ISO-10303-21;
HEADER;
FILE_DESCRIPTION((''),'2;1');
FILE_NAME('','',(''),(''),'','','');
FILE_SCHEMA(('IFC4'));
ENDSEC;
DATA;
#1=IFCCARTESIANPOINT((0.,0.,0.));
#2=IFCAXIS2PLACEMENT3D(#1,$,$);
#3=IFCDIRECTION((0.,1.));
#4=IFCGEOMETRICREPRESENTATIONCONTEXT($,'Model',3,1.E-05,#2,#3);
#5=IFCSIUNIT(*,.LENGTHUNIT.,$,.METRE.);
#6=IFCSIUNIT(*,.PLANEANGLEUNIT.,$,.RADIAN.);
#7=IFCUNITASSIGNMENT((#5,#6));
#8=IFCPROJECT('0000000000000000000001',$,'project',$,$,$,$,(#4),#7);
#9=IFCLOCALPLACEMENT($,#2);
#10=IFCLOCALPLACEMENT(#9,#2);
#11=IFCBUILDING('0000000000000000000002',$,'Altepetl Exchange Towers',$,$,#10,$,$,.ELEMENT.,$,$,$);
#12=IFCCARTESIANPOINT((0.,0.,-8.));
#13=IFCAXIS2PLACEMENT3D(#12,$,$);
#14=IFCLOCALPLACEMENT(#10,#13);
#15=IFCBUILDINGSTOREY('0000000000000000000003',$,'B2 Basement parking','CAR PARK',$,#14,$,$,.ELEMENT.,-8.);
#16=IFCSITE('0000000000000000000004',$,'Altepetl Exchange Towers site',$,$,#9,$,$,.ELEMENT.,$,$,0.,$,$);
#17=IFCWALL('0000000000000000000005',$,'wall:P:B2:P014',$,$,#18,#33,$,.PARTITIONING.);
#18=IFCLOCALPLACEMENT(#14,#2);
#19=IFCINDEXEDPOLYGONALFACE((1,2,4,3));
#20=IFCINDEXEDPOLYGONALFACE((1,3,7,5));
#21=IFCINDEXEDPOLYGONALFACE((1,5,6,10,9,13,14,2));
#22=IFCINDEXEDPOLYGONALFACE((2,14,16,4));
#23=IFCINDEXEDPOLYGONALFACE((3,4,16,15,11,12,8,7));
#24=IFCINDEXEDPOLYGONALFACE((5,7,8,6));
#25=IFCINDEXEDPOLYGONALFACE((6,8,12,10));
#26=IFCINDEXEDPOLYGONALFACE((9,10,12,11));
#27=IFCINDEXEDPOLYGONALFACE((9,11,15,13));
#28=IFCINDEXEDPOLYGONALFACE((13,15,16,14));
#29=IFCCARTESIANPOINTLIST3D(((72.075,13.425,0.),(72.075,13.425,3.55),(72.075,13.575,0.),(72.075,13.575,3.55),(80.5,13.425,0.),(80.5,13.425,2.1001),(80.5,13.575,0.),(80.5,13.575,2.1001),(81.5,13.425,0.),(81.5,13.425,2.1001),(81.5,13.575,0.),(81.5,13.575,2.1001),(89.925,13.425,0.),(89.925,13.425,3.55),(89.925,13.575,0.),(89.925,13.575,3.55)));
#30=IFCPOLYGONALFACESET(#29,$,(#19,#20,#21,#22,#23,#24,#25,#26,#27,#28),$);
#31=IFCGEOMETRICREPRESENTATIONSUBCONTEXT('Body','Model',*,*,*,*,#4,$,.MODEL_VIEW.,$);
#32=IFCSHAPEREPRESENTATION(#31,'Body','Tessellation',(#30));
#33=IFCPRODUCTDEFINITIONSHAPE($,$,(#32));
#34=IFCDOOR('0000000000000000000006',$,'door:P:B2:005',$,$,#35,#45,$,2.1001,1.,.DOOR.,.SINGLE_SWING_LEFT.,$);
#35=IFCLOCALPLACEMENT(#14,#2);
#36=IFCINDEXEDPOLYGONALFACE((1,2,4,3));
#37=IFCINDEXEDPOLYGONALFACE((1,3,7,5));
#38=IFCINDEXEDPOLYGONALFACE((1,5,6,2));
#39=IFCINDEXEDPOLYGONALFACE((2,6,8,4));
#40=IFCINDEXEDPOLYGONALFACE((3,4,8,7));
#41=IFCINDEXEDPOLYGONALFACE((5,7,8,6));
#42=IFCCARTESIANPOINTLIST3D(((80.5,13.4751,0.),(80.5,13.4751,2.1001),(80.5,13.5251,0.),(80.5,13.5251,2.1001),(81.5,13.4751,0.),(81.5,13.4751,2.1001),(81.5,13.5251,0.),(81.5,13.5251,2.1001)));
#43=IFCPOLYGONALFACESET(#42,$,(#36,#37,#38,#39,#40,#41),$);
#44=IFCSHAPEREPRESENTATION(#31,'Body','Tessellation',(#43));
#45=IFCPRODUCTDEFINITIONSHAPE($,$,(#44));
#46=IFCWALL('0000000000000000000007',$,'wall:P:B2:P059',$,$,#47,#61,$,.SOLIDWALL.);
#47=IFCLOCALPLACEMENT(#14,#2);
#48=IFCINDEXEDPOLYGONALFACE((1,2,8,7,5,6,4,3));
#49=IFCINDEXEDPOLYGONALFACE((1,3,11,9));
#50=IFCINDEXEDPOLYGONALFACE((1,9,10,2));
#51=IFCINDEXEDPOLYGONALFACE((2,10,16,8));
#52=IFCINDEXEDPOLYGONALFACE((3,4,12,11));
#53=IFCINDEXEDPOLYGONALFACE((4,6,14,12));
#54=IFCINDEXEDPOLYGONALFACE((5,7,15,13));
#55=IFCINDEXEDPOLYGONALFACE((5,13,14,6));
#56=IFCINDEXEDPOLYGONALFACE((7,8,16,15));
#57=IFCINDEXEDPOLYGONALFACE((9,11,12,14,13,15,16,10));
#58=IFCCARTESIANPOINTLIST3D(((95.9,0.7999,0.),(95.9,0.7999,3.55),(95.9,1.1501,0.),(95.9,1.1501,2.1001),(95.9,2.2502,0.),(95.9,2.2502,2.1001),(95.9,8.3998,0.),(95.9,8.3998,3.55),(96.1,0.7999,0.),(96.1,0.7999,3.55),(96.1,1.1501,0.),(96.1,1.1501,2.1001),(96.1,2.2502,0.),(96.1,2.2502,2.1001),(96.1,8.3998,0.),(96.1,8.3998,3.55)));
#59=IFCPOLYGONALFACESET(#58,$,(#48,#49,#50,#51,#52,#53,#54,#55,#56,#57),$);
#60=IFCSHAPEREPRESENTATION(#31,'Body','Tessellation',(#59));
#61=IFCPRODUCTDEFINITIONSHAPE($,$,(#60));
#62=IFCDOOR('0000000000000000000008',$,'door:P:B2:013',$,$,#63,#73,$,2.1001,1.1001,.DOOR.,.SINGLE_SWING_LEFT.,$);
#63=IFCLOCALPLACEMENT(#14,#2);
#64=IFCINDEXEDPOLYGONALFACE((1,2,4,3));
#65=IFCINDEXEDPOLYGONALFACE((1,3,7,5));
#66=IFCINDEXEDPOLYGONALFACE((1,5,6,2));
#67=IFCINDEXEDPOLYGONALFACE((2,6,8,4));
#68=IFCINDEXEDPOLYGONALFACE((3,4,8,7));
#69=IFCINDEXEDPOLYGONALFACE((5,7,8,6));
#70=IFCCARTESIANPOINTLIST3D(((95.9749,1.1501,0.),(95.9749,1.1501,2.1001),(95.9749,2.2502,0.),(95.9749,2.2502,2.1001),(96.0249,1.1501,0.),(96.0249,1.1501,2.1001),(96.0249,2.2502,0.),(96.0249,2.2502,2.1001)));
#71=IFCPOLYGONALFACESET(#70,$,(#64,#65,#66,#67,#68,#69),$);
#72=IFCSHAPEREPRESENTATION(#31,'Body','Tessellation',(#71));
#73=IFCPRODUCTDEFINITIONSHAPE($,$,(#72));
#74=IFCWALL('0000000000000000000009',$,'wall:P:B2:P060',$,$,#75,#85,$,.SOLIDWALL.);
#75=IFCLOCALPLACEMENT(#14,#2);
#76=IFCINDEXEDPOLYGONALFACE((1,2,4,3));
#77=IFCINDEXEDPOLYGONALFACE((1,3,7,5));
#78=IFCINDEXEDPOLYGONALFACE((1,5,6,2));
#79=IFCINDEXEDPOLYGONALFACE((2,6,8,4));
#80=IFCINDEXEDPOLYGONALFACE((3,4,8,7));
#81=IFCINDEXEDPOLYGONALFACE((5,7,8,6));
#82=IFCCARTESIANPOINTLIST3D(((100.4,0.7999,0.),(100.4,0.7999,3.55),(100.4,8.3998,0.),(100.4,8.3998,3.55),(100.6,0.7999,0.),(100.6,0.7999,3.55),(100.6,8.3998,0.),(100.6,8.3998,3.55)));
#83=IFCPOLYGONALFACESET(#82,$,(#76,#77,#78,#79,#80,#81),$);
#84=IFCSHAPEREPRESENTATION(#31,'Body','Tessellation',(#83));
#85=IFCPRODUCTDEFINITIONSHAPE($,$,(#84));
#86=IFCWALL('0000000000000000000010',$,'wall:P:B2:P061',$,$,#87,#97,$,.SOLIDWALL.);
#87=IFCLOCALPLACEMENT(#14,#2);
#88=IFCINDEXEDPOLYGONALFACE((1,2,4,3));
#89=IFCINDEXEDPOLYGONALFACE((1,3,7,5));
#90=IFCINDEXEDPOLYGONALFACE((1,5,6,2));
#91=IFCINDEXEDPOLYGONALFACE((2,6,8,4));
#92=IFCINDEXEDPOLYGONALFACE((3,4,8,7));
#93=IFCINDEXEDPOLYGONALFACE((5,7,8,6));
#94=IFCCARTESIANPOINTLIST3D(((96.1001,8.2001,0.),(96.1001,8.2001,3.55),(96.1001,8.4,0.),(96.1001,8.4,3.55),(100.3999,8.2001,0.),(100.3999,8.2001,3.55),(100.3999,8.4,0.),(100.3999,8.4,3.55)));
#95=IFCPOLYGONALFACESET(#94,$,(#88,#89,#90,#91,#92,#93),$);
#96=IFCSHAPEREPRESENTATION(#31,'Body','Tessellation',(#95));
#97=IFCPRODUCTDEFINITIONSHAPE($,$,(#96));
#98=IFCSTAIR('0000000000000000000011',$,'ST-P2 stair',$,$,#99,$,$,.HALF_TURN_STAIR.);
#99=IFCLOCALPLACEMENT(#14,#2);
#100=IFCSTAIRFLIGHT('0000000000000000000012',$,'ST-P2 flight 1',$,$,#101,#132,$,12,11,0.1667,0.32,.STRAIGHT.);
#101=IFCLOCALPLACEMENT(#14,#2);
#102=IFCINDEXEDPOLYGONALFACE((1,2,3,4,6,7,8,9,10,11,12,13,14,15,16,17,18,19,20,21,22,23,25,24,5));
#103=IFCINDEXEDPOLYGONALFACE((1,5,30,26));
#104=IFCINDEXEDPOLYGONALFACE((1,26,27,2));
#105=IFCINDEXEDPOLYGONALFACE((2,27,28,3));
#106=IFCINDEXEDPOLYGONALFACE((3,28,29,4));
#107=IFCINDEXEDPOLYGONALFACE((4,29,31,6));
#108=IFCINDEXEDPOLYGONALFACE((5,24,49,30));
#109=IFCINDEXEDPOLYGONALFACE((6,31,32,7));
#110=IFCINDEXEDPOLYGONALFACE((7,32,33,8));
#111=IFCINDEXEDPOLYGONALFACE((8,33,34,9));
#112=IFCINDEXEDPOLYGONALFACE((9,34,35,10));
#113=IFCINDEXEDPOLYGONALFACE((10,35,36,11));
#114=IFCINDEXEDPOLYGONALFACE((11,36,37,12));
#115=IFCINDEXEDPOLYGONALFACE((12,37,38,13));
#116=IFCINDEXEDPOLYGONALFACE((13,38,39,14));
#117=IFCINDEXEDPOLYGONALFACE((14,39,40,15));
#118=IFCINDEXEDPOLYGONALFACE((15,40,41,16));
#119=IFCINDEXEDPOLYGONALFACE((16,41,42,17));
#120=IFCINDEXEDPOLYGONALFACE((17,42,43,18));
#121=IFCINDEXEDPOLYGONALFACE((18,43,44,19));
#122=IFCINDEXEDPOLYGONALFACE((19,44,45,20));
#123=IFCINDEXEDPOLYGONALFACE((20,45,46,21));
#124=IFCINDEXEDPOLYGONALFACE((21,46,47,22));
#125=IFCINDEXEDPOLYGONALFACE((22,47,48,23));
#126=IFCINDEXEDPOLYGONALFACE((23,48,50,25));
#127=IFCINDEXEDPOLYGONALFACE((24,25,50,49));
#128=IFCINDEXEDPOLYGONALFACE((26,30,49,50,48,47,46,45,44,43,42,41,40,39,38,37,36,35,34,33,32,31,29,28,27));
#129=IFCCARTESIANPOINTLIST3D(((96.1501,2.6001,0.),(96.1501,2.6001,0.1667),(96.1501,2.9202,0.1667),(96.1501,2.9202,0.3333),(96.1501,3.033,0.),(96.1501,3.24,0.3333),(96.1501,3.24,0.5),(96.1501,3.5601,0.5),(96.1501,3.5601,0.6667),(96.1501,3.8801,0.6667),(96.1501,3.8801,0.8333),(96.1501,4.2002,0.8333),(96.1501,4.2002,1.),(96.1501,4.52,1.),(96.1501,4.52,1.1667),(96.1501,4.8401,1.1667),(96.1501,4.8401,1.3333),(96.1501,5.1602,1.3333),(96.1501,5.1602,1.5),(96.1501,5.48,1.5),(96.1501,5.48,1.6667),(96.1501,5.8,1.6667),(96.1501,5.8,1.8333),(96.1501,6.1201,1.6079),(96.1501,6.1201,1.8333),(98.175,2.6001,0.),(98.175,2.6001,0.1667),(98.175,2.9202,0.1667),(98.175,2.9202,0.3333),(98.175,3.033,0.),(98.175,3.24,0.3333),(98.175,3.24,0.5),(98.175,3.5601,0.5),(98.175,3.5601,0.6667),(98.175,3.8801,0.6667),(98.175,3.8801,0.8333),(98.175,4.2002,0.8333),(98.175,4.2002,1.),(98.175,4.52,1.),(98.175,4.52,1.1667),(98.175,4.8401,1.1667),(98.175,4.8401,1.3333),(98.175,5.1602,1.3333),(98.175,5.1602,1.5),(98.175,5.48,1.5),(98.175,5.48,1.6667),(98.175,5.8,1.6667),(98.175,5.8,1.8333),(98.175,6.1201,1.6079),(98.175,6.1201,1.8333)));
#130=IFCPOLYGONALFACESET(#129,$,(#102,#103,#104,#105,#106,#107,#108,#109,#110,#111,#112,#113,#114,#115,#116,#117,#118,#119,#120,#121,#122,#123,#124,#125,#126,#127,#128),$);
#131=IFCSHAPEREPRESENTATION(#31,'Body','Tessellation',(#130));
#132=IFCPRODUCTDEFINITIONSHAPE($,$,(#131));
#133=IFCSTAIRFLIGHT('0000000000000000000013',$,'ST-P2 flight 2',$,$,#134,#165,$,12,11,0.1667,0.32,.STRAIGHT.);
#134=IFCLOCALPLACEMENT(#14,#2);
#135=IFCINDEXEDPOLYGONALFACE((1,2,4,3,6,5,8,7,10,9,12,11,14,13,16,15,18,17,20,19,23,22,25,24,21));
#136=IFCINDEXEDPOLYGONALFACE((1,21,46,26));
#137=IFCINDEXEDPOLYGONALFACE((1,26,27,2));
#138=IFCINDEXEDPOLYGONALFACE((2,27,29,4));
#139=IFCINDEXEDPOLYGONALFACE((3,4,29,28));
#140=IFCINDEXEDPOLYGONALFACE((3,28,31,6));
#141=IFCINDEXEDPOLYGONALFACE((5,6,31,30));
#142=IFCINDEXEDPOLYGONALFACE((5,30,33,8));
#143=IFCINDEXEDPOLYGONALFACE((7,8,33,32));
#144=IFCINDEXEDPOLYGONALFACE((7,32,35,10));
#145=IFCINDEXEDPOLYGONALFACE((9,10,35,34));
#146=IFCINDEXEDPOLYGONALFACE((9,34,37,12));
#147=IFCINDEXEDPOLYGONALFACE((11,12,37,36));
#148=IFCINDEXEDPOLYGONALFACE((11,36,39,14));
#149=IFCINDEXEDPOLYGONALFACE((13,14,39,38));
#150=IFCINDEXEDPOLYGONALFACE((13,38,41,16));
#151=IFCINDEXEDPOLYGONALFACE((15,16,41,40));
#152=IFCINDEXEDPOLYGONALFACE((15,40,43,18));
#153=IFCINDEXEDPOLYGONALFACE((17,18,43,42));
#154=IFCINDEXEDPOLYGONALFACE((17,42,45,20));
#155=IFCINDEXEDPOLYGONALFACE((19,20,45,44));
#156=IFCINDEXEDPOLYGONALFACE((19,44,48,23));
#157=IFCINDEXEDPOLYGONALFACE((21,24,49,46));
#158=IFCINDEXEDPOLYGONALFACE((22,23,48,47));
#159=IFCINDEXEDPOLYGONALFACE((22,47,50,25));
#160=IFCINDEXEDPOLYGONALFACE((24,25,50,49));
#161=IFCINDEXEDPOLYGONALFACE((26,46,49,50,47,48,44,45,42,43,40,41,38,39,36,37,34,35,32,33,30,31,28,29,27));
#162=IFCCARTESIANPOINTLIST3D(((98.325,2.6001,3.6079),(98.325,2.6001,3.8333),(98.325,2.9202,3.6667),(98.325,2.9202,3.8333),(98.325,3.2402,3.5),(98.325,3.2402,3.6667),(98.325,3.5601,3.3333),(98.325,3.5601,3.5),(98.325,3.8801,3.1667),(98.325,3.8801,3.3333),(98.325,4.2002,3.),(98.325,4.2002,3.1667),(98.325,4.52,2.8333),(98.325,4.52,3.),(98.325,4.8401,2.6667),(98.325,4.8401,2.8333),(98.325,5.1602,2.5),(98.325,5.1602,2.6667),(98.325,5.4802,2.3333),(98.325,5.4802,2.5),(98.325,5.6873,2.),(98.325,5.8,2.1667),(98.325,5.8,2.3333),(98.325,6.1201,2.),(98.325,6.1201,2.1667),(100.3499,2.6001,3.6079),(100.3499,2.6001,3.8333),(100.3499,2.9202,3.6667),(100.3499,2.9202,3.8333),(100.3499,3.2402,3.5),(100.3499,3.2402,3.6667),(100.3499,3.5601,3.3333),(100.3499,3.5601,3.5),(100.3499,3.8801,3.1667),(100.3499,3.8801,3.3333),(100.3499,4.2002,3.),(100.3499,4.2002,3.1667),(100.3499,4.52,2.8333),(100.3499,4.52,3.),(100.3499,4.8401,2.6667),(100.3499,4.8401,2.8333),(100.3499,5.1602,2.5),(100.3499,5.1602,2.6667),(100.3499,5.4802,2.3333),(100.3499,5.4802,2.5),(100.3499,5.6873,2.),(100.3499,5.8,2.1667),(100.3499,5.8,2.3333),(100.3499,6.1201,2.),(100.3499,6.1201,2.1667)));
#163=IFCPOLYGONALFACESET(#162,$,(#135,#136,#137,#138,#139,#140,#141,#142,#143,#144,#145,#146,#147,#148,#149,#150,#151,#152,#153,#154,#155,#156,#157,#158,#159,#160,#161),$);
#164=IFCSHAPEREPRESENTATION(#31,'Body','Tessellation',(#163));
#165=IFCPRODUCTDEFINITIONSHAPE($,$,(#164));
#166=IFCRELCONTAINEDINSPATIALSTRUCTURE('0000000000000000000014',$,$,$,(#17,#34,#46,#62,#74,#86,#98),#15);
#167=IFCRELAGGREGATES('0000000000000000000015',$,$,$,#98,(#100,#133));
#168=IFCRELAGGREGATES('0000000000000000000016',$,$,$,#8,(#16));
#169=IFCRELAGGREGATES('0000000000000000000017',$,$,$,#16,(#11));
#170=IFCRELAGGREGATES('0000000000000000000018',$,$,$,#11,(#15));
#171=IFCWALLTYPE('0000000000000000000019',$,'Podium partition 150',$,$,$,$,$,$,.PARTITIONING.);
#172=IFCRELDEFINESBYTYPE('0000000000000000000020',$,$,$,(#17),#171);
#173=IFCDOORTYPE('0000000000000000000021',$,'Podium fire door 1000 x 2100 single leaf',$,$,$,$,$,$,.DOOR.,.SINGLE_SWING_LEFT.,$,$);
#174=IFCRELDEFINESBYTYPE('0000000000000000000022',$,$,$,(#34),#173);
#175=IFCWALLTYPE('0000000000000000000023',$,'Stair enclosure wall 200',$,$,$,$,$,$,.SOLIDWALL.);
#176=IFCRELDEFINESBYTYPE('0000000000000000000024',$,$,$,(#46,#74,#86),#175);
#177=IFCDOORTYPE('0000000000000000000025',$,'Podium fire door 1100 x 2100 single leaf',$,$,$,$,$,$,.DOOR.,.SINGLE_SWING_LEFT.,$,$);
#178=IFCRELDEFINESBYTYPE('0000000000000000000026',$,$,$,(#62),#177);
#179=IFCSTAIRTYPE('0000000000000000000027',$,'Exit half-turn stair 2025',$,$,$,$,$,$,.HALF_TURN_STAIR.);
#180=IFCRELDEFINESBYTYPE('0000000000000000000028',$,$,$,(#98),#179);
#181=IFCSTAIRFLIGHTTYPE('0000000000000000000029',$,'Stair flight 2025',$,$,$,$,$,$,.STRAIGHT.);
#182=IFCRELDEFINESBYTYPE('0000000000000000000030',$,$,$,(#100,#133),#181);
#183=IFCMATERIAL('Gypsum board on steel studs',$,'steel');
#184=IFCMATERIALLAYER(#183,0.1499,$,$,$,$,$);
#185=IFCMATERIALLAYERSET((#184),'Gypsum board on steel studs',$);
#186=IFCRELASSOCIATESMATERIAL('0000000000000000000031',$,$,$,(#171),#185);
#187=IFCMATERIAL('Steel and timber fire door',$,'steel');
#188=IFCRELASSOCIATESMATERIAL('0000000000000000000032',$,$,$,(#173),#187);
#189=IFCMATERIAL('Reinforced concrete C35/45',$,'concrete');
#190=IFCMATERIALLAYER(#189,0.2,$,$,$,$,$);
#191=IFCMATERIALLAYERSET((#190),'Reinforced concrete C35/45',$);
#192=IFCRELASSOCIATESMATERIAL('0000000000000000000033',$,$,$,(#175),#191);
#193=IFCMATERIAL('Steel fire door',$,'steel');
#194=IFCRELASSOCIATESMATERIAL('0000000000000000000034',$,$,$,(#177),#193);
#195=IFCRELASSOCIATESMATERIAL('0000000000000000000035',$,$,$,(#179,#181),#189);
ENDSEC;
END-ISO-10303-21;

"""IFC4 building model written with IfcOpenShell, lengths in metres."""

from ifc_helpers import new_model, si_unit, direction, frame, frame_2d, origin, place, context, subcontext, project, spatial, polyline, rectangle, outline, extrude, material, layer, layer_set, type_object, element, fill, aggregate, save


model = new_model("IFC4")

# Units and contexts
model_context = context("Model", 3, precision=1e-05, world=origin(), true_north=direction((0.0, 1.0)))
body_context = subcontext(model_context, "Body", "Model", "MODEL_VIEW")
ifc_project = project(units=[si_unit("LENGTHUNIT", "METRE"), si_unit("PLANEANGLEUNIT", "RADIAN")], contexts=[model_context])

# Site, building, storey
site_placement = place(None, origin())
site = spatial("IfcSite", under=ifc_project, at=site_placement, Name="Altepetl Exchange Towers site", CompositionType="ELEMENT", RefElevation=0.0)
building_placement = place(site_placement, origin())
building = spatial("IfcBuilding", under=site, at=building_placement, Name="Altepetl Exchange Towers", CompositionType="ELEMENT")
storey_placement = place(building_placement, frame((0.0, 0.0, -8.0)))
storey = spatial("IfcBuildingStorey", under=building, at=storey_placement, Name="B2 Basement parking", Description="CAR PARK", CompositionType="ELEMENT", Elevation=-8.0)

# Shared definitions
ifc_material_1 = material(Name="Reinforced concrete C35/45", Category="concrete")
ifc_material_2 = material(Name="Gypsum board on steel studs", Category="steel")
ifc_layer_1 = layer(ifc_material_2, 0.1499)
ifc_layer_set_1 = layer_set([ifc_layer_1], Name="Gypsum board on steel studs")
wall_type_1 = type_object("IfcWallType", Name="Podium partition 150", PredefinedType="PARTITIONING", material=ifc_layer_set_1)

# Walls, openings, doors
wall_1_placement = place(storey_placement, frame((72.075, 13.5, 0.0)))
wall_1 = element("IfcWall", 1, at=wall_1_placement, inside=storey, type_object=wall_type_1, Name="wall:P:B2:P014", PredefinedType="PARTITIONING", context=body_context, shape_type="SweptSolid", body=[
    extrude(rectangle(XDim=17.8501, YDim=0.1499, at=frame_2d((8.925, 0.0))), origin(), (0.0, 0.0, 1.0), 3.55),
])
opening_1_placement = place(wall_1_placement, frame((8.425, 0.0, 0.0)))
opening_1 = element("IfcOpeningElement", 2, at=opening_1_placement, cuts=wall_1, PredefinedType="OPENING", context=body_context, shape_type="SweptSolid", body=[
    extrude(rectangle(XDim=1.0, YDim=2.1001, at=frame_2d((0.5, 1.05))), frame((0.0, 0.085, 0.0), z_axis=(0.0, -1.0, 0.0), x_axis=(1.0, 0.0, 0.0)), (0.0, 0.0, 1.0), 0.1699),
])
ifc_material_3 = material(Name="Steel and timber fire door", Category="steel")
door_type_1 = type_object("IfcDoorType", Name="Podium fire door 1000 x 2100 single leaf", OperationType="SINGLE_SWING_LEFT", PredefinedType="DOOR", material=ifc_material_3)
door_1_placement = place(opening_1_placement, frame((1.0, 0.0, 0.0), x_axis=(-1.0, 0.0, 0.0)))
door_1 = element("IfcDoor", 3, at=door_1_placement, inside=storey, type_object=door_type_1, Name="door:P:B2:005", OperationType="SINGLE_SWING_LEFT", OverallHeight=2.1001, OverallWidth=1.0, PredefinedType="DOOR", context=body_context, shape_type="SweptSolid", body=[
    extrude(rectangle(XDim=1.0, YDim=2.1001, at=frame_2d((0.5, 1.05))), frame((0.0, 0.0249, 0.0), z_axis=(0.0, -1.0, 0.0), x_axis=(1.0, 0.0, 0.0)), (0.0, 0.0, 1.0), 0.05),
])
fill(opening_1, door_1)
ifc_layer_2 = layer(ifc_material_1, 0.2)
ifc_layer_set_2 = layer_set([ifc_layer_2], Name="Reinforced concrete C35/45")
wall_type_2 = type_object("IfcWallType", Name="Stair enclosure wall 200", PredefinedType="SOLIDWALL", material=ifc_layer_set_2)
wall_2_placement = place(storey_placement, frame((96.0, 0.8, 0.0), z_axis=(0.0, 0.0, 1.0), x_axis=(0.0, 1.0, 0.0)))
wall_2 = element("IfcWall", 4, at=wall_2_placement, inside=storey, type_object=wall_type_2, Name="wall:P:B2:P059", PredefinedType="SOLIDWALL", context=body_context, shape_type="SweptSolid", body=[
    extrude(rectangle(XDim=7.5999, YDim=0.2, at=frame_2d((3.7998, 0.0))), origin(), (0.0, 0.0, 1.0), 3.55),
])
opening_2_placement = place(wall_2_placement, frame((0.3501, 0.0, 0.0)))
opening_2 = element("IfcOpeningElement", 5, at=opening_2_placement, cuts=wall_2, PredefinedType="OPENING", context=body_context, shape_type="SweptSolid", body=[
    extrude(rectangle(XDim=1.1001, YDim=2.1001, at=frame_2d((0.55, 1.05))), frame((0.0, 0.1099, 0.0), z_axis=(0.0, -1.0, 0.0), x_axis=(1.0, 0.0, 0.0)), (0.0, 0.0, 1.0), 0.22),
])
ifc_material_4 = material(Name="Steel fire door", Category="steel")
door_type_2 = type_object("IfcDoorType", Name="Podium fire door 1100 x 2100 single leaf", OperationType="SINGLE_SWING_LEFT", PredefinedType="DOOR", material=ifc_material_4)
door_2_placement = place(opening_2_placement, frame((1.1001, 0.0, 0.0), x_axis=(-1.0, 0.0, 0.0)))
door_2 = element("IfcDoor", 6, at=door_2_placement, inside=storey, type_object=door_type_2, Name="door:P:B2:013", OperationType="SINGLE_SWING_LEFT", OverallHeight=2.1001, OverallWidth=1.1001, PredefinedType="DOOR", context=body_context, shape_type="SweptSolid", body=[
    extrude(rectangle(XDim=1.1001, YDim=2.1001, at=frame_2d((0.55, 1.05))), frame((0.0, 0.0249, 0.0), z_axis=(0.0, -1.0, 0.0), x_axis=(1.0, 0.0, 0.0)), (0.0, 0.0, 1.0), 0.05),
])
fill(opening_2, door_2)

# Walls
wall_3_placement = place(storey_placement, frame((100.5, 0.8, 0.0), z_axis=(0.0, 0.0, 1.0), x_axis=(0.0, 1.0, 0.0)))
element("IfcWall", 7, at=wall_3_placement, inside=storey, type_object=wall_type_2, Name="wall:P:B2:P060", PredefinedType="SOLIDWALL", context=body_context, shape_type="SweptSolid", body=[
    extrude(rectangle(XDim=7.5999, YDim=0.2, at=frame_2d((3.7998, 0.0))), origin(), (0.0, 0.0, 1.0), 3.55),
])
wall_4_placement = place(storey_placement, frame((96.1001, 8.3, 0.0)))
element("IfcWall", 8, at=wall_4_placement, inside=storey, type_object=wall_type_2, Name="wall:P:B2:P061", PredefinedType="SOLIDWALL", context=body_context, shape_type="SweptSolid", body=[
    extrude(rectangle(XDim=4.2998, YDim=0.2, at=frame_2d((2.1499, 0.0))), origin(), (0.0, 0.0, 1.0), 3.55),
])

# Stair, stair flights
stair_type = type_object("IfcStairType", Name="Exit half-turn stair 2025", PredefinedType="HALF_TURN_STAIR", material=ifc_material_1)
stair_placement = place(storey_placement, origin())
stair = element("IfcStair", 9, at=stair_placement, inside=storey, type_object=stair_type, Name="ST-P2 stair", PredefinedType="HALF_TURN_STAIR")
stair_flight_type = type_object("IfcStairFlightType", Name="Stair flight 2025", PredefinedType="STRAIGHT", material=ifc_material_1)
stair_flight_1_placement = place(storey_placement, frame((97.1626, 2.6001, 0.0), z_axis=(0.0, 0.0, 1.0), x_axis=(0.0, 1.0, 0.0)))
stair_flight_1 = element("IfcStairFlight", 10, at=stair_flight_1_placement, type_object=stair_flight_type, Name="ST-P2 flight 1", NumberOfRisers=12, NumberOfTreads=11, PredefinedType="STRAIGHT", RiserHeight=0.1667, TreadLength=0.32, context=body_context, shape_type="SweptSolid", body=[
    extrude(outline(polyline([(0.0, 0.0), (0.0, 0.1667), (0.3201, 0.1667), (0.3201, 0.3333), (0.6399, 0.3333), (0.6399, 0.5), (0.96, 0.5), (0.96, 0.6667), (1.28, 0.6667), (1.28, 0.8333), (1.6001, 0.8333), (1.6001, 1.0), (1.9199, 1.0), (1.9199, 1.1667), (2.24, 1.1667), (2.24, 1.3333), (2.5601, 1.3333), (2.5601, 1.5), (2.8799, 1.5), (2.8799, 1.6667), (3.2, 1.6667), (3.2, 1.8333), (3.52, 1.8333), (3.52, 2.0), (3.52, 1.6079), (0.4329, 0.0), (0.0, 0.0)])), frame((0.0, 1.0125, 0.0), z_axis=(0.0, -1.0, 0.0), x_axis=(1.0, 0.0, 0.0)), (0.0, 0.0, 1.0), 2.0249),
])
stair_flight_2_placement = place(storey_placement, frame((99.3374, 6.1201, 2.0), z_axis=(0.0, 0.0, 1.0), x_axis=(0.0, -1.0, 0.0)))
stair_flight_2 = element("IfcStairFlight", 11, at=stair_flight_2_placement, type_object=stair_flight_type, Name="ST-P2 flight 2", NumberOfRisers=12, NumberOfTreads=11, PredefinedType="STRAIGHT", RiserHeight=0.1667, TreadLength=0.32, context=body_context, shape_type="SweptSolid", body=[
    extrude(outline(polyline([(0.0, 0.0), (0.0, 0.1667), (0.3201, 0.1667), (0.3201, 0.3333), (0.6399, 0.3333), (0.6399, 0.5), (0.96, 0.5), (0.96, 0.6667), (1.28, 0.6667), (1.28, 0.8333), (1.6001, 0.8333), (1.6001, 1.0), (1.9199, 1.0), (1.9199, 1.1667), (2.24, 1.1667), (2.24, 1.3333), (2.5601, 1.3333), (2.5601, 1.5), (2.8799, 1.5), (2.8799, 1.6667), (3.2, 1.6667), (3.2, 1.8333), (3.52, 1.8333), (3.52, 2.0), (3.52, 1.6079), (0.4329, 0.0), (0.0, 0.0)])), frame((0.0, 1.0125, 0.0), z_axis=(0.0, -1.0, 0.0), x_axis=(1.0, 0.0, 0.0)), (0.0, 0.0, 1.0), 2.0249),
])
aggregate(stair, [stair_flight_1, stair_flight_2])

save(model, "model.ifc")
